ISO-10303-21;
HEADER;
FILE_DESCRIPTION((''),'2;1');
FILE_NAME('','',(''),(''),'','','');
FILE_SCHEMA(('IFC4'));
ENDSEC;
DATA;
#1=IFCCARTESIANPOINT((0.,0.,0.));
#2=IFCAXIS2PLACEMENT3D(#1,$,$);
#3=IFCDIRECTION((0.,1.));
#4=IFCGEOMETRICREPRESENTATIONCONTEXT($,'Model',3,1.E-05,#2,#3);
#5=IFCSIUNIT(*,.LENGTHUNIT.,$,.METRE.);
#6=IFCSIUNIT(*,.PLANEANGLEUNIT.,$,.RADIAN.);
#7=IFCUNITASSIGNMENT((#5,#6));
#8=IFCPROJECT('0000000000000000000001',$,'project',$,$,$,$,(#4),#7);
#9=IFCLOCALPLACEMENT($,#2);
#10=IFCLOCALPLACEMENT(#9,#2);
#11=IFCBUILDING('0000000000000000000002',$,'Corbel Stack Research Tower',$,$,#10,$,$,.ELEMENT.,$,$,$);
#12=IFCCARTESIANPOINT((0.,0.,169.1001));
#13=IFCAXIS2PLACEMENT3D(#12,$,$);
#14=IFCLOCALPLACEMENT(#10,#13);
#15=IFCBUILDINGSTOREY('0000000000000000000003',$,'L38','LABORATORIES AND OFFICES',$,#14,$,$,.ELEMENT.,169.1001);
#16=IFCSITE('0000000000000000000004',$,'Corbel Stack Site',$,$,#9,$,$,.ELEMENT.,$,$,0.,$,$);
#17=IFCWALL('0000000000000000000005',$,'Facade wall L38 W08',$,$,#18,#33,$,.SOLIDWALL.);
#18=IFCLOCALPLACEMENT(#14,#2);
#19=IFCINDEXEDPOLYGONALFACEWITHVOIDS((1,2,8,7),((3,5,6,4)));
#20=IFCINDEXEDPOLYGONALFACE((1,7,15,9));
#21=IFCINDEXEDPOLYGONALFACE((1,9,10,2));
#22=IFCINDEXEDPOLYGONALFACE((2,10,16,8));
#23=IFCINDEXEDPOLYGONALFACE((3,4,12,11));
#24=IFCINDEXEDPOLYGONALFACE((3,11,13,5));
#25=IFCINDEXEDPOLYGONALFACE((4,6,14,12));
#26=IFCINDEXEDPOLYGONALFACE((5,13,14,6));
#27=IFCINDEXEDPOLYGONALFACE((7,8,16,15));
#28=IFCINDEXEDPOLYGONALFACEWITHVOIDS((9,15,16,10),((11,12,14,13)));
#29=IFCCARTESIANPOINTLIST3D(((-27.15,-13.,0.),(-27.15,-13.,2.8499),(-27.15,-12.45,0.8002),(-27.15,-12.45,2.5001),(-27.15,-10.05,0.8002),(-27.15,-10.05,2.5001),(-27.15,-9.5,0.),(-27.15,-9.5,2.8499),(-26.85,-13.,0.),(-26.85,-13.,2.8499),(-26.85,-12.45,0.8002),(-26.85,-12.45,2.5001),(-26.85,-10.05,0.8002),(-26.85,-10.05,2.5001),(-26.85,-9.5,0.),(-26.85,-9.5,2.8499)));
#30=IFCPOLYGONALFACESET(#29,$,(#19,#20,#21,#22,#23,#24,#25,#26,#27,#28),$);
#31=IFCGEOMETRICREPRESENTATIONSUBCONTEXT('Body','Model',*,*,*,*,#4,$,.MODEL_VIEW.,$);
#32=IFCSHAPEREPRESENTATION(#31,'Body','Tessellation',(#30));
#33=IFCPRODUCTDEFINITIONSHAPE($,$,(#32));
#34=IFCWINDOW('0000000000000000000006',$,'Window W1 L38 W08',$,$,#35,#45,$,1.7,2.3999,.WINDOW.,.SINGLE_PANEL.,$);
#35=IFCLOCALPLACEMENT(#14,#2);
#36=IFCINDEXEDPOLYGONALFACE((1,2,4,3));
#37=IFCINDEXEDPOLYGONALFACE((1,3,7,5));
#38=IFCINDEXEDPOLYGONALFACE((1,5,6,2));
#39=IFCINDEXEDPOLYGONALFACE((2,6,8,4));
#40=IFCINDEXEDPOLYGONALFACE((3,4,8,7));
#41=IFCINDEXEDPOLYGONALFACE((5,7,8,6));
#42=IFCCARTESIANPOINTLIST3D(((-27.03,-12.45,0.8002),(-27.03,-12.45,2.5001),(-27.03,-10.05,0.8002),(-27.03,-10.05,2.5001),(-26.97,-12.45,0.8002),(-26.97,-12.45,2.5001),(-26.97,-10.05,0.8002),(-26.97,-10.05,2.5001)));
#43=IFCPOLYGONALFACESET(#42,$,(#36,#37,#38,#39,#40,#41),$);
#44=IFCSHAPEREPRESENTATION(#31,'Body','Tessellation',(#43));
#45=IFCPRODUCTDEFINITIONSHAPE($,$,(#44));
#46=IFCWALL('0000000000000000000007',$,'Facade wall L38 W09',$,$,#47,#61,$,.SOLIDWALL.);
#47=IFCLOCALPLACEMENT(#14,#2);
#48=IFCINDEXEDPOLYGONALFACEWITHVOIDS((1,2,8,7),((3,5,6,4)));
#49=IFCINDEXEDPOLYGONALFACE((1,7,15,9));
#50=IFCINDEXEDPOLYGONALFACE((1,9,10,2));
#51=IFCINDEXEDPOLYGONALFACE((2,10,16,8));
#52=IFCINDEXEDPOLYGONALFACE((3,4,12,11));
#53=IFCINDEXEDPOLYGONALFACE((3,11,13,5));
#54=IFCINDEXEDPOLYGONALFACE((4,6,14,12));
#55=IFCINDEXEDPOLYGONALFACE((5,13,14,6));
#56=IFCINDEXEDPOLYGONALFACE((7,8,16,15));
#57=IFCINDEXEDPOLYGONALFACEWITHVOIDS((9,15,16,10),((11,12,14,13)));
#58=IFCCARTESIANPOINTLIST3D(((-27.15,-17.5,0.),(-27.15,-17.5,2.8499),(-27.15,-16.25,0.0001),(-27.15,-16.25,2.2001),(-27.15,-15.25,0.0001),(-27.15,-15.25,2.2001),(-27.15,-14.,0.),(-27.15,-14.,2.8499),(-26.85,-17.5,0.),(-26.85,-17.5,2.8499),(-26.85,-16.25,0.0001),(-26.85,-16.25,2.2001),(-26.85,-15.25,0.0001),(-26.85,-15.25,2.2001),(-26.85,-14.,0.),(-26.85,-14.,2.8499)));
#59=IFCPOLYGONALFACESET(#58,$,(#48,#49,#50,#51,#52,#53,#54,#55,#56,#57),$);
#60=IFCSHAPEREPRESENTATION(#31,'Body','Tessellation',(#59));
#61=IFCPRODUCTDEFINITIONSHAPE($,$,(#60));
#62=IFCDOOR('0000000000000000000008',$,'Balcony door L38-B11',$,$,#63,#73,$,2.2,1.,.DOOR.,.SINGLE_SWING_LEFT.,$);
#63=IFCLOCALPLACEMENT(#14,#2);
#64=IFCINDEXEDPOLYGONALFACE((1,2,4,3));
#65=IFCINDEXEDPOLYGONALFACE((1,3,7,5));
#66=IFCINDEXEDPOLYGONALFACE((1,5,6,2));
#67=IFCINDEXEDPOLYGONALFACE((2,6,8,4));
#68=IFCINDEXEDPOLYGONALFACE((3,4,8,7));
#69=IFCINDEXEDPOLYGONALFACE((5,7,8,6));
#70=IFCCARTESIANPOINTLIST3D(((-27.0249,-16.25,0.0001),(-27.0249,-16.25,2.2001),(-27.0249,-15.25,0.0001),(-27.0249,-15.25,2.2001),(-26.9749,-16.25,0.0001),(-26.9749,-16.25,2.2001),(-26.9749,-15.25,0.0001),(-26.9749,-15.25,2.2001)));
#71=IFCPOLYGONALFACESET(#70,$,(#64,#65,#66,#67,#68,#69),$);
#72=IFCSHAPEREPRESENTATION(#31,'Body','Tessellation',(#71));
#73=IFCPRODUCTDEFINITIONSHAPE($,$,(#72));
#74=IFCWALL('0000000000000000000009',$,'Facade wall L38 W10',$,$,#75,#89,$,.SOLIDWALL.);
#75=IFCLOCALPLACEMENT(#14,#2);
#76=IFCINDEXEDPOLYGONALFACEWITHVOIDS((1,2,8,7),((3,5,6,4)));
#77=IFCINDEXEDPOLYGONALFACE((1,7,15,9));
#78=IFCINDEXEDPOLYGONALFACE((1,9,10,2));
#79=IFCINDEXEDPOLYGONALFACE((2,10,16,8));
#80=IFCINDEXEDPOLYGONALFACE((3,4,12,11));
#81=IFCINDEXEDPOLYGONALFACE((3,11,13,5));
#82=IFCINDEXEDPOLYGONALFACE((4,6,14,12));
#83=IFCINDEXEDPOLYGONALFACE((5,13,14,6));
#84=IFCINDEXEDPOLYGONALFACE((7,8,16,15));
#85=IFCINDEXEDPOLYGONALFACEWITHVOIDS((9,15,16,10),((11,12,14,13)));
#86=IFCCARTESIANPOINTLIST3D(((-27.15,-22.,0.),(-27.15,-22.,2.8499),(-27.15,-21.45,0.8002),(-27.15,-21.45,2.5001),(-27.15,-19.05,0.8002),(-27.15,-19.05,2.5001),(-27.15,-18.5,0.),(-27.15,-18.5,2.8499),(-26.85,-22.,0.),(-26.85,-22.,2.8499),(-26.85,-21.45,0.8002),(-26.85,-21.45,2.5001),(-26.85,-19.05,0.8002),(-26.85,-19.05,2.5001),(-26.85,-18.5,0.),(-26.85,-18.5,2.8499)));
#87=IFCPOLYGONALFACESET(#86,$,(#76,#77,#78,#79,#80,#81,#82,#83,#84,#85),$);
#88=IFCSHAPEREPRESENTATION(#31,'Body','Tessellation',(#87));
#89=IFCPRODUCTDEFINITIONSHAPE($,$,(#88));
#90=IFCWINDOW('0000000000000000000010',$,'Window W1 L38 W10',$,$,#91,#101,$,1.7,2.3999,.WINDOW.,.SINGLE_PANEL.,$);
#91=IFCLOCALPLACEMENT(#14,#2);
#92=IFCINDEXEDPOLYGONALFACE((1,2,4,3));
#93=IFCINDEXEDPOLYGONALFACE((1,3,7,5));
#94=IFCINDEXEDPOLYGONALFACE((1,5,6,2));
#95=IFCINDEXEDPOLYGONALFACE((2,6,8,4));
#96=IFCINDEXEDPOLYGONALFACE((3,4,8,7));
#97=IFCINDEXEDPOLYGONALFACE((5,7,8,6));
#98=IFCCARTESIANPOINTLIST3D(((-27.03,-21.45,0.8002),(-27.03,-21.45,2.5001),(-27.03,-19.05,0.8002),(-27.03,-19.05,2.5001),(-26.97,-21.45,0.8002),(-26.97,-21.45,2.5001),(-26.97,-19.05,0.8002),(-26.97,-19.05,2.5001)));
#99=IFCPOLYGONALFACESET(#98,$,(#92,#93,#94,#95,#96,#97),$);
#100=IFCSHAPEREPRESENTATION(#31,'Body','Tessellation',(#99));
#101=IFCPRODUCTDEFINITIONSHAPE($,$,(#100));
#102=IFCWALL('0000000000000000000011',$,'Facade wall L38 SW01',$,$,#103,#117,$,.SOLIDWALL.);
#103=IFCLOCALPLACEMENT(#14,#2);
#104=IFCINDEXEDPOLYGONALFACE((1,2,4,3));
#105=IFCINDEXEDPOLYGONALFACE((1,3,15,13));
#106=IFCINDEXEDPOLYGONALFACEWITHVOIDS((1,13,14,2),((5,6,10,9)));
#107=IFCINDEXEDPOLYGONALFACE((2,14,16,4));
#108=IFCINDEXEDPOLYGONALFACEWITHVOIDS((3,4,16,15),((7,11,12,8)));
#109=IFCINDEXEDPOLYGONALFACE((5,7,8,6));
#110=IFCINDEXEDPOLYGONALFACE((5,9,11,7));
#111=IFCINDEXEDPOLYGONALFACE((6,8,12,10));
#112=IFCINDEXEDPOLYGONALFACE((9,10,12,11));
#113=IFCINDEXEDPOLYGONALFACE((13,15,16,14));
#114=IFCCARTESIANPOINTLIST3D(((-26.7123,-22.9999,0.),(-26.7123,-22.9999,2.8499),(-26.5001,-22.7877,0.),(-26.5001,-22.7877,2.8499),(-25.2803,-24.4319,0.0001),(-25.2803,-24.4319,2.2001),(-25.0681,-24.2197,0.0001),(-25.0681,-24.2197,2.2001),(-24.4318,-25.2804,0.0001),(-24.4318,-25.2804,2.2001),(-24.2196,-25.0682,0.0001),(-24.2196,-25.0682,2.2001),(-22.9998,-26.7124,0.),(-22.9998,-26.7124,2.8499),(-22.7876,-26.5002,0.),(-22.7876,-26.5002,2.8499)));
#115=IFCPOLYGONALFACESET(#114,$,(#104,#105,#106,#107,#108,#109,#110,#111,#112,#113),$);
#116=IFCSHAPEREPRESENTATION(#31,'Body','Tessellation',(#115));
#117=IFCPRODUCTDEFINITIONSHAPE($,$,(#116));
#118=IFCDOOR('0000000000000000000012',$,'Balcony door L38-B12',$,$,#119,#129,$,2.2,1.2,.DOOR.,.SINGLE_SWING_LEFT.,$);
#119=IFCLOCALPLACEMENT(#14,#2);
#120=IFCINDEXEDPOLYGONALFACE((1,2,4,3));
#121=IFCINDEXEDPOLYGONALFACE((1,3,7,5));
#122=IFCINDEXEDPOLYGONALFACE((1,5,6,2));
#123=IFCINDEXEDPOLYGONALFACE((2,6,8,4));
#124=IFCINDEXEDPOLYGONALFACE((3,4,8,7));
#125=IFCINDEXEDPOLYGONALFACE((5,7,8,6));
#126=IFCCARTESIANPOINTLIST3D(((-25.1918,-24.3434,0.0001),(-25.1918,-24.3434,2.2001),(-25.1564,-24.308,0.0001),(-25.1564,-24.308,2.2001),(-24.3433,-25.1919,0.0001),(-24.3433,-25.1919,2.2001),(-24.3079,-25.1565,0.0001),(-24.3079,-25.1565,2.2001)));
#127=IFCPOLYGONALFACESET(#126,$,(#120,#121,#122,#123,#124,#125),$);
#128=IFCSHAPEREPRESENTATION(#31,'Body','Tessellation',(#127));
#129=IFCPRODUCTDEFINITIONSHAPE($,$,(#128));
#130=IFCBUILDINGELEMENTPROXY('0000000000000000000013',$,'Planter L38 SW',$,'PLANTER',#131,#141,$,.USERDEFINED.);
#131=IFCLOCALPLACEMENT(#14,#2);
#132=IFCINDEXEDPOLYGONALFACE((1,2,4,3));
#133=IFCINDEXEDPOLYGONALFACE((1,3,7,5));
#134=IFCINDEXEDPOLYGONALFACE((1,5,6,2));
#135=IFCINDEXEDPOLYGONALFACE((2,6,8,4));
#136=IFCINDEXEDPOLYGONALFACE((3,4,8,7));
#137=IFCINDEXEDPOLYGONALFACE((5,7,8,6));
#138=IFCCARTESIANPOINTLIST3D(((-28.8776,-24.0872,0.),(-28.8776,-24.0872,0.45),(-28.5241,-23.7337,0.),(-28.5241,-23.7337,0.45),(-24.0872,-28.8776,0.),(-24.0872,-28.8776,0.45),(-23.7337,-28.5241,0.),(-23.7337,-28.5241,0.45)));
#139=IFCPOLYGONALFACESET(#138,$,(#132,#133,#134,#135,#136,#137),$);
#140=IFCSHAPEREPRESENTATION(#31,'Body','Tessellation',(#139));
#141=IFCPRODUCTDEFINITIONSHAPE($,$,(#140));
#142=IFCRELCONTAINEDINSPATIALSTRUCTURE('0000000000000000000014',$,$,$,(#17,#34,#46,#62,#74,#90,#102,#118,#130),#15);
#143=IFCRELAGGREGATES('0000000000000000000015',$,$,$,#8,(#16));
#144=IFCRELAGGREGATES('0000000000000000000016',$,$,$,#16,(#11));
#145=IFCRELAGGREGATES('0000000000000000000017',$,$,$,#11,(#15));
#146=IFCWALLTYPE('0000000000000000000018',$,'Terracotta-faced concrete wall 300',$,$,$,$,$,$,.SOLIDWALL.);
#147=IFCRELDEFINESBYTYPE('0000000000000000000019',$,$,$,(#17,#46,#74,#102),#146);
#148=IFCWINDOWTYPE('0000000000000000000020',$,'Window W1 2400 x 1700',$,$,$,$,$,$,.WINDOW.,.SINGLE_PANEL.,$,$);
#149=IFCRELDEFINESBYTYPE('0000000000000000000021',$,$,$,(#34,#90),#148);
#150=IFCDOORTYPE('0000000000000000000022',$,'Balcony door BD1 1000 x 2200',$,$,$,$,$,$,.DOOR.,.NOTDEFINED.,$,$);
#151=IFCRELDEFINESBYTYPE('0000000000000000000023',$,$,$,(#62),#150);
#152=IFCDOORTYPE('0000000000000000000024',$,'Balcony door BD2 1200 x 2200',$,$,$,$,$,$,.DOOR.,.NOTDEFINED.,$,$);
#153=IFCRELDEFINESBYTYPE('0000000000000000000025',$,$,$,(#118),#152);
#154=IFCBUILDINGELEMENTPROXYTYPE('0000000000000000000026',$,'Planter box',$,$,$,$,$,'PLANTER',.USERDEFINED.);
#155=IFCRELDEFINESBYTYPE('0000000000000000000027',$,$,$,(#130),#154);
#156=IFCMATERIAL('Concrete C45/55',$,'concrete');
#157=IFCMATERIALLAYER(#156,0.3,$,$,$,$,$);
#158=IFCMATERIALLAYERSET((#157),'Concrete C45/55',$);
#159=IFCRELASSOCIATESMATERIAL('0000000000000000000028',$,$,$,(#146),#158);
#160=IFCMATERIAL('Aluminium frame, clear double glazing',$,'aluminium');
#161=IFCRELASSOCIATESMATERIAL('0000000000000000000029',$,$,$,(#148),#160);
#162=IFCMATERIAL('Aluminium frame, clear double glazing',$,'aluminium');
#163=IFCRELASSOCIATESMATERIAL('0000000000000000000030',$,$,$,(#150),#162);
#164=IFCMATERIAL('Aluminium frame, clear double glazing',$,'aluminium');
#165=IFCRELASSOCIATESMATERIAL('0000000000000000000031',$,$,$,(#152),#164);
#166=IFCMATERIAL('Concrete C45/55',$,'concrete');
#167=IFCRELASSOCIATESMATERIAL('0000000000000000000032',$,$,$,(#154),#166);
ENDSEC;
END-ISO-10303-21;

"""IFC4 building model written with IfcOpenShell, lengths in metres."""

from ifc_helpers import new_model, si_unit, direction, frame, frame_2d, origin, origin_2d, place, context, subcontext, project, spatial, rectangle, extrude, material, layer, layer_set, type_object, element, fill, save


model = new_model("IFC4")

# Units and contexts
model_context = context("Model", 3, precision=1e-05, world=origin(), true_north=direction((0.0, 1.0)))
body_context = subcontext(model_context, "Body", "Model", "MODEL_VIEW")
ifc_project = project(units=[si_unit("LENGTHUNIT", "METRE"), si_unit("PLANEANGLEUNIT", "RADIAN")], contexts=[model_context])

# Site, building, storey
site_placement = place(None, origin())
site = spatial("IfcSite", under=ifc_project, at=site_placement, Name="Corbel Stack Site", CompositionType="ELEMENT", RefElevation=0.0)
building_placement = place(site_placement, origin())
building = spatial("IfcBuilding", under=site, at=building_placement, Name="Corbel Stack Research Tower", CompositionType="ELEMENT")
storey_placement = place(building_placement, frame((0.0, 0.0, 169.1001)))
storey = spatial("IfcBuildingStorey", under=building, at=storey_placement, Name="L38", Description="LABORATORIES AND OFFICES", CompositionType="ELEMENT", Elevation=169.1001)

# Wall, opening, window
ifc_material_1 = material(Name="Concrete C45/55", Category="concrete")
ifc_layer_1 = layer(ifc_material_1, 0.3)
ifc_layer_set_1 = layer_set([ifc_layer_1], Name="Concrete C45/55")
wall_type_1 = type_object("IfcWallType", Name="Terracotta-faced concrete wall 300", PredefinedType="SOLIDWALL", material=ifc_layer_set_1)
ifc_material_2 = material(Name="Aluminium frame, clear double glazing", Category="aluminium")
window_type = type_object("IfcWindowType", Name="Window W1 2400 x 1700", PartitioningType="SINGLE_PANEL", PredefinedType="WINDOW", material=ifc_material_2)
wall_1_placement = place(storey_placement, frame((-27.0, -13.0, 0.0), z_axis=(0.0, 0.0, 1.0), x_axis=(0.0, 1.0, 0.0)))
wall_1 = element("IfcWall", 1, at=wall_1_placement, inside=storey, type_object=wall_type_1, Name="Facade wall L38 W08", PredefinedType="SOLIDWALL", context=body_context, shape_type="SweptSolid", body=[
    extrude(rectangle(XDim=3.5, YDim=0.3, at=frame_2d((1.75, 0.0))), origin(), (0.0, 0.0, 1.0), 2.8499),
])
opening_1_placement = place(wall_1_placement, frame((0.55, 0.0, 0.8)))
opening_1 = element("IfcOpeningElement", 2, at=opening_1_placement, cuts=wall_1, PredefinedType="OPENING", context=body_context, shape_type="SweptSolid", body=[
    extrude(rectangle(XDim=2.3999, YDim=1.7, at=frame_2d((1.2, 0.8501))), frame((0.0, 0.1599, 0.0), z_axis=(0.0, -1.0, 0.0), x_axis=(1.0, 0.0, 0.0)), (0.0, 0.0, 1.0), 0.3201),
])
window_1_placement = place(opening_1_placement, origin())
window_1 = element("IfcWindow", 3, at=window_1_placement, inside=storey, type_object=window_type, Name="Window W1 L38 W08", OverallHeight=1.7, OverallWidth=2.3999, PartitioningType="SINGLE_PANEL", PredefinedType="WINDOW", context=body_context, shape_type="SweptSolid", body=[
    extrude(rectangle(XDim=2.3999, YDim=1.7, at=frame_2d((1.2, 0.8501))), frame((0.0, 0.03, 0.0), z_axis=(0.0, -1.0, 0.0), x_axis=(1.0, 0.0, 0.0)), (0.0, 0.0, 1.0), 0.0601),
])
fill(opening_1, window_1)

# Wall, opening, door
wall_2_placement = place(storey_placement, frame((-27.0, -17.5, 0.0), z_axis=(0.0, 0.0, 1.0), x_axis=(0.0, 1.0, 0.0)))
wall_2 = element("IfcWall", 4, at=wall_2_placement, inside=storey, type_object=wall_type_1, Name="Facade wall L38 W09", PredefinedType="SOLIDWALL", context=body_context, shape_type="SweptSolid", body=[
    extrude(rectangle(XDim=3.5, YDim=0.3, at=frame_2d((1.75, 0.0))), origin(), (0.0, 0.0, 1.0), 2.8499),
])
opening_2_placement = place(wall_2_placement, frame((1.25, 0.0, 0.0)))
opening_2 = element("IfcOpeningElement", 5, at=opening_2_placement, cuts=wall_2, PredefinedType="OPENING", context=body_context, shape_type="SweptSolid", body=[
    extrude(rectangle(XDim=1.0, YDim=2.2, at=frame_2d((0.5, 1.1001))), frame((0.0, 0.1599, 0.0), z_axis=(0.0, -1.0, 0.0), x_axis=(1.0, 0.0, 0.0)), (0.0, 0.0, 1.0), 0.3201),
])
ifc_material_3 = material(Name="Aluminium frame, clear double glazing", Category="aluminium")
door_type_1 = type_object("IfcDoorType", Name="Balcony door BD1 1000 x 2200", OperationType="NOTDEFINED", PredefinedType="DOOR", material=ifc_material_3)
door_1_placement = place(opening_2_placement, origin())
door_1 = element("IfcDoor", 6, at=door_1_placement, inside=storey, type_object=door_type_1, Name="Balcony door L38-B11", OperationType="SINGLE_SWING_LEFT", OverallHeight=2.2, OverallWidth=1.0, PredefinedType="DOOR", context=body_context, shape_type="SweptSolid", body=[
    extrude(rectangle(XDim=1.0, YDim=2.2, at=frame_2d((0.5, 1.1001))), frame((0.0, 0.0249, 0.0), z_axis=(0.0, -1.0, 0.0), x_axis=(1.0, 0.0, 0.0)), (0.0, 0.0, 1.0), 0.05),
])
fill(opening_2, door_1)

# Wall, opening, window
wall_3_placement = place(storey_placement, frame((-27.0, -22.0, 0.0), z_axis=(0.0, 0.0, 1.0), x_axis=(0.0, 1.0, 0.0)))
wall_3 = element("IfcWall", 7, at=wall_3_placement, inside=storey, type_object=wall_type_1, Name="Facade wall L38 W10", PredefinedType="SOLIDWALL", context=body_context, shape_type="SweptSolid", body=[
    extrude(rectangle(XDim=3.5, YDim=0.3, at=frame_2d((1.75, 0.0))), origin(), (0.0, 0.0, 1.0), 2.8499),
])
opening_3_placement = place(wall_3_placement, frame((0.55, 0.0, 0.8)))
opening_3 = element("IfcOpeningElement", 8, at=opening_3_placement, cuts=wall_3, PredefinedType="OPENING", context=body_context, shape_type="SweptSolid", body=[
    extrude(rectangle(XDim=2.3999, YDim=1.7, at=frame_2d((1.2, 0.8501))), frame((0.0, 0.1599, 0.0), z_axis=(0.0, -1.0, 0.0), x_axis=(1.0, 0.0, 0.0)), (0.0, 0.0, 1.0), 0.3201),
])
window_2_placement = place(opening_3_placement, origin())
window_2 = element("IfcWindow", 9, at=window_2_placement, inside=storey, type_object=window_type, Name="Window W1 L38 W10", OverallHeight=1.7, OverallWidth=2.3999, PartitioningType="SINGLE_PANEL", PredefinedType="WINDOW", context=body_context, shape_type="SweptSolid", body=[
    extrude(rectangle(XDim=2.3999, YDim=1.7, at=frame_2d((1.2, 0.8501))), frame((0.0, 0.03, 0.0), z_axis=(0.0, -1.0, 0.0), x_axis=(1.0, 0.0, 0.0)), (0.0, 0.0, 1.0), 0.0601),
])
fill(opening_3, window_2)

# Wall, opening, door
wall_4_placement = place(storey_placement, frame((-22.8938, -26.6062, 0.0), z_axis=(0.0, 0.0, 1.0), x_axis=(-0.707107, 0.707107, 0.0)))
wall_4 = element("IfcWall", 10, at=wall_4_placement, inside=storey, type_object=wall_type_1, Name="Facade wall L38 SW01", PredefinedType="SOLIDWALL", context=body_context, shape_type="SweptSolid", body=[
    extrude(rectangle(XDim=5.2502, YDim=0.3, at=frame_2d((2.625, 0.0))), origin(), (0.0, 0.0, 1.0), 2.8499),
])
opening_4_placement = place(wall_4_placement, frame((2.0249, 0.0, 0.0)))
opening_4 = element("IfcOpeningElement", 11, at=opening_4_placement, cuts=wall_4, PredefinedType="OPENING", context=body_context, shape_type="SweptSolid", body=[
    extrude(rectangle(XDim=1.2, YDim=2.2, at=frame_2d((0.6001, 1.1001))), frame((0.0, 0.1599, 0.0), z_axis=(0.0, -1.0, 0.0), x_axis=(1.0, 0.0, 0.0)), (0.0, 0.0, 1.0), 0.3201),
])
ifc_material_4 = material(Name="Aluminium frame, clear double glazing", Category="aluminium")
door_type_2 = type_object("IfcDoorType", Name="Balcony door BD2 1200 x 2200", OperationType="NOTDEFINED", PredefinedType="DOOR", material=ifc_material_4)
door_2_placement = place(opening_4_placement, origin())
door_2 = element("IfcDoor", 12, at=door_2_placement, inside=storey, type_object=door_type_2, Name="Balcony door L38-B12", OperationType="SINGLE_SWING_LEFT", OverallHeight=2.2, OverallWidth=1.2, PredefinedType="DOOR", context=body_context, shape_type="SweptSolid", body=[
    extrude(rectangle(XDim=1.2, YDim=2.2, at=frame_2d((0.6001, 1.1001))), frame((0.0, 0.0249, 0.0), z_axis=(0.0, -1.0, 0.0), x_axis=(1.0, 0.0, 0.0)), (0.0, 0.0, 1.0), 0.05),
])
fill(opening_4, door_2)

# Building element proxy
ifc_material_5 = material(Name="Concrete C45/55", Category="concrete")
building_element_proxy_type = type_object("IfcBuildingElementProxyType", Name="Planter box", ElementType="PLANTER", PredefinedType="USERDEFINED", material=ifc_material_5)
proxy_placement = place(storey_placement, frame((-26.3057, -26.3057, 0.0), z_axis=(0.0, 0.0, 1.0), x_axis=(0.707107, -0.707107, 0.0)))
element("IfcBuildingElementProxy", 13, at=proxy_placement, inside=storey, type_object=building_element_proxy_type, Name="Planter L38 SW", ObjectType="PLANTER", PredefinedType="USERDEFINED", context=body_context, shape_type="SweptSolid", body=[
    extrude(rectangle(XDim=6.7747, YDim=0.5, at=origin_2d()), origin(), (0.0, 0.0, 1.0), 0.45),
])

save(model, "model.ifc")
